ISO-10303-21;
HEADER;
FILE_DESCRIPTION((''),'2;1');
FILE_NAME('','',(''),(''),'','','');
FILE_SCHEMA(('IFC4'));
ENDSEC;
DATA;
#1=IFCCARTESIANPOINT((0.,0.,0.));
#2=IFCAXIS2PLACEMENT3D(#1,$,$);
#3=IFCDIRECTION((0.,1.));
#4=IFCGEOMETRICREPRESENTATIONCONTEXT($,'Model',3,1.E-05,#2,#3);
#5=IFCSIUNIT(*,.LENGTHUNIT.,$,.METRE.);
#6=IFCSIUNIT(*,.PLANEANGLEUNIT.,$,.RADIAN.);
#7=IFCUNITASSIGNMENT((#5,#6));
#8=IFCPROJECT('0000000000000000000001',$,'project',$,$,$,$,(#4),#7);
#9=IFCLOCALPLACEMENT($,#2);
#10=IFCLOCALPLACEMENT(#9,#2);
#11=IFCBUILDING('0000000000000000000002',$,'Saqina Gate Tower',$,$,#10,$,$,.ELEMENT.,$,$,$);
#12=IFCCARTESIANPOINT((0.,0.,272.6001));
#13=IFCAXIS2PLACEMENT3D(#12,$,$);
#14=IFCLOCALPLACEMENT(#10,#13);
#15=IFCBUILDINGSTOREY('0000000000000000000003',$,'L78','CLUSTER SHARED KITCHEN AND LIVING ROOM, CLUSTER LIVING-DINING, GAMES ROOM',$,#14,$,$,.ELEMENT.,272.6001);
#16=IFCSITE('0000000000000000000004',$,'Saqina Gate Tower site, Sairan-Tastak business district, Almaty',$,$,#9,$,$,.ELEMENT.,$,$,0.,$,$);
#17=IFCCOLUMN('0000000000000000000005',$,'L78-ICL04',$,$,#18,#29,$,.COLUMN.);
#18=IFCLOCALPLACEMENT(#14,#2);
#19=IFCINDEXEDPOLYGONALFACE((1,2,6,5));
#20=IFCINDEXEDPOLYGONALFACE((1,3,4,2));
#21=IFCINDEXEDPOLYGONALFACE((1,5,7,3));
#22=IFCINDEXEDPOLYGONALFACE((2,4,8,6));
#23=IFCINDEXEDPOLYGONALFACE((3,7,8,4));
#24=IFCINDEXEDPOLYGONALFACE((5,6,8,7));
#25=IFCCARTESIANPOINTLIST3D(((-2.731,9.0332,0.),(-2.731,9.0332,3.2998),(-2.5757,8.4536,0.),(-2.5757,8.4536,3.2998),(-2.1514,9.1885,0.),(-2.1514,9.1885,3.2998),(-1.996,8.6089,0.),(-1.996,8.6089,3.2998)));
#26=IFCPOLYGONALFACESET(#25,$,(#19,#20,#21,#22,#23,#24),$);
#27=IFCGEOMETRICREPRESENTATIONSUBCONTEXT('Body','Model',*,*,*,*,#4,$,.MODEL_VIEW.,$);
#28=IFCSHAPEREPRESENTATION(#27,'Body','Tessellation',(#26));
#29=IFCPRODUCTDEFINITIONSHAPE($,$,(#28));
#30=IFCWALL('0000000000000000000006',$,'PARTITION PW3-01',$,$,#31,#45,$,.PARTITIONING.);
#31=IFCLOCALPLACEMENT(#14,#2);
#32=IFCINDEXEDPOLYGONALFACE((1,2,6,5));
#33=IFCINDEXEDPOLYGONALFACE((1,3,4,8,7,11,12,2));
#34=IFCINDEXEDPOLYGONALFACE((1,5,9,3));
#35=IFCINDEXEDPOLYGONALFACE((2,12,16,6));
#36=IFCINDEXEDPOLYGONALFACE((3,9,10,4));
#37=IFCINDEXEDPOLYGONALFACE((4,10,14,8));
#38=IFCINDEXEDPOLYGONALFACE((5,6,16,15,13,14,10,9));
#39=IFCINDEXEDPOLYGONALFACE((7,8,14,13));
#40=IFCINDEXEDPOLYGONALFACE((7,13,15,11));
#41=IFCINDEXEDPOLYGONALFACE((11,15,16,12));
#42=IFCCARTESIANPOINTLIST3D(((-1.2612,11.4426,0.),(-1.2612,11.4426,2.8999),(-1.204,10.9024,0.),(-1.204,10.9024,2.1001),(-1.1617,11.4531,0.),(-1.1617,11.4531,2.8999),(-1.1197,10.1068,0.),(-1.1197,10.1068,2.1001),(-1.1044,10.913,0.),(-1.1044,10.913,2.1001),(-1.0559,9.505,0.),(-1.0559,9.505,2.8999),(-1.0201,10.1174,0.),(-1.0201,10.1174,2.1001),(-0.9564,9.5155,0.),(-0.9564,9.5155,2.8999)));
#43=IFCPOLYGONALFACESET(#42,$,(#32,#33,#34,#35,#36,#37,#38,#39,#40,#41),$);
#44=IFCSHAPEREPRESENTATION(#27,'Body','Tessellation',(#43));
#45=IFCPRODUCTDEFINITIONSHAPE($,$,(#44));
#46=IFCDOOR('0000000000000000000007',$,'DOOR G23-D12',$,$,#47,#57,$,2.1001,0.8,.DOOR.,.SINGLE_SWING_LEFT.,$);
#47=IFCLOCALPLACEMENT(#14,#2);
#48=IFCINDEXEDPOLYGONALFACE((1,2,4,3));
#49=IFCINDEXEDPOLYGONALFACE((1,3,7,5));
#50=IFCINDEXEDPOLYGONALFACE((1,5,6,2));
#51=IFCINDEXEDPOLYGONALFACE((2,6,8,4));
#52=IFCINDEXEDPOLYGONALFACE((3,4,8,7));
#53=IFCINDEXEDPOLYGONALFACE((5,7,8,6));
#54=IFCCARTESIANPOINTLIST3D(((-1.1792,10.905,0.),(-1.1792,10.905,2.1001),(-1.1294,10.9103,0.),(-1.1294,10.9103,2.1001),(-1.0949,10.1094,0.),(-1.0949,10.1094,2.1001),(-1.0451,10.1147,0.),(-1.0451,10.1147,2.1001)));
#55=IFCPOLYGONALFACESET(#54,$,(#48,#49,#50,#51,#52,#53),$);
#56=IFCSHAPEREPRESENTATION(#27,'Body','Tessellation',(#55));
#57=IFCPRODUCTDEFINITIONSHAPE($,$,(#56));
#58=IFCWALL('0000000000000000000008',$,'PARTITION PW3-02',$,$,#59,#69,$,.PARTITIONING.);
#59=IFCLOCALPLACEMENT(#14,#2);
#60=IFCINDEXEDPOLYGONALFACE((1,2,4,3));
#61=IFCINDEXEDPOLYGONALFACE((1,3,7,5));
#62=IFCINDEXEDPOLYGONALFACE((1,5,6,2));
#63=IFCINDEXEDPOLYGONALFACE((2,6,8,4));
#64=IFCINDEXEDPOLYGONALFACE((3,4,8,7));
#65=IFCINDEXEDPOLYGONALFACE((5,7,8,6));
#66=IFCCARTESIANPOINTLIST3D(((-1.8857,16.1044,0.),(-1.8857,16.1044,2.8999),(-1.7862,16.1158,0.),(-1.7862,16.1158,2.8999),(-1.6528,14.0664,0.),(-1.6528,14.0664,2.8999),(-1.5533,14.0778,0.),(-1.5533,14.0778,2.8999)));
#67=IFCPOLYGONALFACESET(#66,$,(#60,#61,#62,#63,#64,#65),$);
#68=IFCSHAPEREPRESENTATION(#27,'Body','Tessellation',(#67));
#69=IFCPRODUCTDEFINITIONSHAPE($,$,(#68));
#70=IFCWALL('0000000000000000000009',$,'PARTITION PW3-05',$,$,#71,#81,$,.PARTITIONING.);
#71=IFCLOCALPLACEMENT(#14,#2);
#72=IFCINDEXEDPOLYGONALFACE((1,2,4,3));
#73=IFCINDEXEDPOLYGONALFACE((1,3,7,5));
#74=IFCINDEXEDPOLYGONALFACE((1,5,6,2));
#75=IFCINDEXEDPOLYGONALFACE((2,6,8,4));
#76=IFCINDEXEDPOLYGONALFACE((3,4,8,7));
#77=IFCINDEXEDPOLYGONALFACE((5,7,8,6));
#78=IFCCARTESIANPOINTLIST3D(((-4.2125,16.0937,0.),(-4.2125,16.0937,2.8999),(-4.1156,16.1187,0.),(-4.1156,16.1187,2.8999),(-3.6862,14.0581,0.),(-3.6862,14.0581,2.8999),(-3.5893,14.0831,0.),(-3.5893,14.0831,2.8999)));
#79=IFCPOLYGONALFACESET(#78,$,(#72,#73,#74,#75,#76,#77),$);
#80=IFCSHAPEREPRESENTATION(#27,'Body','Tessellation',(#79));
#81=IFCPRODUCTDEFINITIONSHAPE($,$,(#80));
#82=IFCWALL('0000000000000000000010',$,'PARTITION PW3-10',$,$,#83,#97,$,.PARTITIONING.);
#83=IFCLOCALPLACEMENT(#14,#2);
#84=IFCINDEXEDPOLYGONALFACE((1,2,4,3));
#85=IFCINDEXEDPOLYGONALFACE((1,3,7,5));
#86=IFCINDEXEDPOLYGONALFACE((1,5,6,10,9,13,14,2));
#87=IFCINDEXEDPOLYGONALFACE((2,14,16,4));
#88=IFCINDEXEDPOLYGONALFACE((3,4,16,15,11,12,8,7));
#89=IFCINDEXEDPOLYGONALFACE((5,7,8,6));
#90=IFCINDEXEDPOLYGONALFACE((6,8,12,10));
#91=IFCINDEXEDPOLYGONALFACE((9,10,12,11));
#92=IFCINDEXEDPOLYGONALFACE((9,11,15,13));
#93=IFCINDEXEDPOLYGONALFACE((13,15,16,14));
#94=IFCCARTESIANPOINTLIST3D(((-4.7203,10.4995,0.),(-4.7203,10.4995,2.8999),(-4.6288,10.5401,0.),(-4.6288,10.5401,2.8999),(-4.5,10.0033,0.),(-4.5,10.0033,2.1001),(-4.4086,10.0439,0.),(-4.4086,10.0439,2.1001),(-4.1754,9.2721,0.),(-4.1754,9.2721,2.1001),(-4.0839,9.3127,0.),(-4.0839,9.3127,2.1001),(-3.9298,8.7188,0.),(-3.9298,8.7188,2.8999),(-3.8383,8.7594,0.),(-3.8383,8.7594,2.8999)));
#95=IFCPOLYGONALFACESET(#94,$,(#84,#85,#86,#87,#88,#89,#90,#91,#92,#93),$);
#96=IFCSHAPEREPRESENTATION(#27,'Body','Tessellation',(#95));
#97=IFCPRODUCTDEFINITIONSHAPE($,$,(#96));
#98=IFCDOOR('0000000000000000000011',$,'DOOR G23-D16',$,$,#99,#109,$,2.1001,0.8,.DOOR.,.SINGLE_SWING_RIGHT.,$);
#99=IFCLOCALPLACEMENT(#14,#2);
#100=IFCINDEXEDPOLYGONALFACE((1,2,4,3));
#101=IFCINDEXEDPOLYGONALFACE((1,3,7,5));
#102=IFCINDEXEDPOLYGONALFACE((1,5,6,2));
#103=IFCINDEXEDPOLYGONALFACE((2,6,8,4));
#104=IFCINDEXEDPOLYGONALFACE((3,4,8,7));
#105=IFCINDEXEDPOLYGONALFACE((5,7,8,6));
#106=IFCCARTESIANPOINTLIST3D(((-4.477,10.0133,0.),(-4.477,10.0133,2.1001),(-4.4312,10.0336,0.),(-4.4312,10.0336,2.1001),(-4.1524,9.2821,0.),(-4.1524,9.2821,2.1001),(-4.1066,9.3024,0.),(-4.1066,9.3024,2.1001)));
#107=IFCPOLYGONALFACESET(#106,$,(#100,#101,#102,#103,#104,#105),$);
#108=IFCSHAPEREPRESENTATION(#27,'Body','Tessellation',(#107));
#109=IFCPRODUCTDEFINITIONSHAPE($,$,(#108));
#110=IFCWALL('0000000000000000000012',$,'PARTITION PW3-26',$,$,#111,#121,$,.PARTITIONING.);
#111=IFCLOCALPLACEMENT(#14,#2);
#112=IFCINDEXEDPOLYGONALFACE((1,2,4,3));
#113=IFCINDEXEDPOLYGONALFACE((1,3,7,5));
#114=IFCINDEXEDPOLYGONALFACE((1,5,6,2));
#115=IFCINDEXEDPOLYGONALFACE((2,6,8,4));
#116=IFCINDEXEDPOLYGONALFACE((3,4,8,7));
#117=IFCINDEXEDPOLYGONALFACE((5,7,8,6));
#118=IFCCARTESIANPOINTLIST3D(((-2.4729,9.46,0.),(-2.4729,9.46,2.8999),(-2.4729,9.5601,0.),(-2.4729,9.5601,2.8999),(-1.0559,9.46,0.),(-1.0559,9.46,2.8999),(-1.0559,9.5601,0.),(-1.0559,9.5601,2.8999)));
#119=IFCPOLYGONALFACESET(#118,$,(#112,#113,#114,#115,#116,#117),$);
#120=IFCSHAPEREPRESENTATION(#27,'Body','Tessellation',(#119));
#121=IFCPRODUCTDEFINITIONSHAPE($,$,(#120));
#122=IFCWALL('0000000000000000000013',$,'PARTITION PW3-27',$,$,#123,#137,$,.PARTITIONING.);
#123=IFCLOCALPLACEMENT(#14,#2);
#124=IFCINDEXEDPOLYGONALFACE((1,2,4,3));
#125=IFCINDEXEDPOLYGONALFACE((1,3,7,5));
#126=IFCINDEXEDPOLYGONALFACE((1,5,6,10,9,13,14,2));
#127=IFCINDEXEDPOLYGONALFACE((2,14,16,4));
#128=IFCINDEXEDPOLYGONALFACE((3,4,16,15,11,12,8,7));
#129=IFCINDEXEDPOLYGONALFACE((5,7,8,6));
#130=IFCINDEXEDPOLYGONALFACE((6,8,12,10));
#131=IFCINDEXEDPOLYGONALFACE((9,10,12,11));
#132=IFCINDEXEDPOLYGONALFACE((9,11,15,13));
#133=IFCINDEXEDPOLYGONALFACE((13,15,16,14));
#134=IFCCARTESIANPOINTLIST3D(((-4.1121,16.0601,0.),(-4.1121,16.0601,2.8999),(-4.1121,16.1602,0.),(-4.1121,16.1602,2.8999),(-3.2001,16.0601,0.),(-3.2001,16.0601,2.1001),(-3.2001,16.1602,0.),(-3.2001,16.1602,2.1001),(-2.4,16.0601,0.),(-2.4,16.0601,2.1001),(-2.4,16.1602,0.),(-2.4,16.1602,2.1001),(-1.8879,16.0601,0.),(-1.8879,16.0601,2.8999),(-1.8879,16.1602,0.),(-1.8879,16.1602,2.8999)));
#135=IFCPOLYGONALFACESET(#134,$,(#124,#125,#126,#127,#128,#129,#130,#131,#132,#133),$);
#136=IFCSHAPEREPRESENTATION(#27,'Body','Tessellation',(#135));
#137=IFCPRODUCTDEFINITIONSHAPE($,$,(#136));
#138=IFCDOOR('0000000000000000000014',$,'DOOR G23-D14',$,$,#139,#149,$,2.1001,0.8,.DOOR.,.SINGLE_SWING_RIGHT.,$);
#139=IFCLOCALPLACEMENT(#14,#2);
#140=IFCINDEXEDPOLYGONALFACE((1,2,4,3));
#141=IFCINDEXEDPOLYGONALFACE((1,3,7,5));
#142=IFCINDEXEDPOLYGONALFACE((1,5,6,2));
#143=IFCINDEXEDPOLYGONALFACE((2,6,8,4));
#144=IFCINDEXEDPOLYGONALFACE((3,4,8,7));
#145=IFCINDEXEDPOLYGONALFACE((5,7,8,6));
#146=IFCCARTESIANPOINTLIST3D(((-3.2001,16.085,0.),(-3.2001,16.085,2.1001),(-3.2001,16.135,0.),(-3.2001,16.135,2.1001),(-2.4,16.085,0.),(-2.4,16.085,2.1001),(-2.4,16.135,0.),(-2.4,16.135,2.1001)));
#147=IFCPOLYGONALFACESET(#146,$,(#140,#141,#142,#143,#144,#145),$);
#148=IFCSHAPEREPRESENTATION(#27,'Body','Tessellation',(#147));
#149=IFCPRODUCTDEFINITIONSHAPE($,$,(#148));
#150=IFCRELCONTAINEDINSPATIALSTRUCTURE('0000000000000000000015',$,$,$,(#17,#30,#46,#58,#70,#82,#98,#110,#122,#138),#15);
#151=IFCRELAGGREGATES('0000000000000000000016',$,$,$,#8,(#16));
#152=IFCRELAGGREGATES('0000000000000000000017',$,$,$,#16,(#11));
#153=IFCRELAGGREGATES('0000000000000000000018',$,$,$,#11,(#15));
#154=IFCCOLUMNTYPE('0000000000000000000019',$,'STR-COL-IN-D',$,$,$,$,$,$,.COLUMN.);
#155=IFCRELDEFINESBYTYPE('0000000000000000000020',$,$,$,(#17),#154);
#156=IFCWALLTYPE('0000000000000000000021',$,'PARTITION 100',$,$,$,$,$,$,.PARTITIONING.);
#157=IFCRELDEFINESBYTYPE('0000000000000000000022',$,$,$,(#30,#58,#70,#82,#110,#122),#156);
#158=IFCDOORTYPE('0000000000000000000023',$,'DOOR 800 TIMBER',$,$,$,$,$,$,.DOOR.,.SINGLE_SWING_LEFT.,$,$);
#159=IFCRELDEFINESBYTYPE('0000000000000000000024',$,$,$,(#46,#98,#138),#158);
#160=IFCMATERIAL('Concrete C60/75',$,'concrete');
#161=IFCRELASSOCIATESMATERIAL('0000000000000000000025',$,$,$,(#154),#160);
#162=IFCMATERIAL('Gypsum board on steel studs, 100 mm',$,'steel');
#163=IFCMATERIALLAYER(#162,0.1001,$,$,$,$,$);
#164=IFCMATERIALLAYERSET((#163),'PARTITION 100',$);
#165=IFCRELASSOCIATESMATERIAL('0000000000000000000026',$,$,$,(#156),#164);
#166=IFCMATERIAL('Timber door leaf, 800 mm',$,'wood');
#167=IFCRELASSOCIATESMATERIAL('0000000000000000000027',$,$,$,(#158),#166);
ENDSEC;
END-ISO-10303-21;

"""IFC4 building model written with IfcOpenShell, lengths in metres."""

from ifc_helpers import new_model, si_unit, direction, frame, frame_2d, origin, origin_2d, place, context, subcontext, project, spatial, rectangle, extrude, material, layer, layer_set, material_profile, profile_set, type_object, element, fill, save


model = new_model("IFC4")

# Units and contexts
model_context = context("Model", 3, precision=1e-05, world=origin(), true_north=direction((0.0, 1.0)))
body_context = subcontext(model_context, "Body", "Model", "MODEL_VIEW")
ifc_project = project(units=[si_unit("LENGTHUNIT", "METRE"), si_unit("PLANEANGLEUNIT", "RADIAN")], contexts=[model_context])

# Site, building, storey
site_placement = place(None, origin())
site = spatial("IfcSite", under=ifc_project, at=site_placement, Name="Saqina Gate Tower site, Sairan-Tastak business district, Almaty", CompositionType="ELEMENT", RefElevation=0.0)
building_placement = place(site_placement, origin())
building = spatial("IfcBuilding", under=site, at=building_placement, Name="Saqina Gate Tower", CompositionType="ELEMENT")
storey_placement = place(building_placement, frame((0.0, 0.0, 272.6001)))
storey = spatial("IfcBuildingStorey", under=building, at=storey_placement, Name="L78", Description="CLUSTER SHARED KITCHEN AND LIVING ROOM, CLUSTER LIVING-DINING, GAMES ROOM", CompositionType="ELEMENT", Elevation=272.6001)

# Column
ifc_material_1 = material(Name="Concrete C60/75", Category="concrete")
ifc_material_profile = material_profile(ifc_material_1, rectangle(XDim=0.6001, YDim=0.6001, at=origin_2d()), Name="RC 600x600")
ifc_profile_set = profile_set([ifc_material_profile], Name="Concrete C60/75")
column_type = type_object("IfcColumnType", Name="STR-COL-IN-D", PredefinedType="COLUMN", material=ifc_profile_set)
column_placement = place(storey_placement, frame((-2.3635, 8.821, 0.0), z_axis=(0.0, 0.0, 1.0), x_axis=(-0.258819, 0.965926, 0.0)))
element("IfcColumn", 1, at=column_placement, inside=storey, type_object=column_type, Name="L78-ICL04", PredefinedType="COLUMN", context=body_context, shape_type="SweptSolid", body=[
    extrude(rectangle(XDim=0.6001, YDim=0.6001, at=origin_2d()), origin(), (0.0, 0.0, 1.0), 3.2998),
])

# Wall, opening, door
ifc_material_2 = material(Name="Gypsum board on steel studs, 100 mm", Category="steel")
ifc_layer_1 = layer(ifc_material_2, 0.1001)
ifc_layer_set_1 = layer_set([ifc_layer_1], Name="PARTITION 100")
wall_type_1 = type_object("IfcWallType", Name="PARTITION 100", PredefinedType="PARTITIONING", material=ifc_layer_set_1)
wall_1_placement = place(storey_placement, frame((-1.2114, 11.4478, 0.0), z_axis=(0.0, 0.0, 1.0), x_axis=(0.10537, -0.994433, 0.0)))
wall_1 = element("IfcWall", 2, at=wall_1_placement, inside=storey, type_object=wall_type_1, Name="PARTITION PW3-01", PredefinedType="PARTITIONING", context=body_context, shape_type="SweptSolid", body=[
    extrude(rectangle(XDim=1.9485, YDim=0.1001, at=frame_2d((0.9741, 0.0))), origin(), (0.0, 0.0, 1.0), 2.8999),
])
opening_1_placement = place(wall_1_placement, frame((0.5432, 0.0, 0.0)))
opening_1 = element("IfcOpeningElement", 3, at=opening_1_placement, cuts=wall_1, PredefinedType="OPENING", context=body_context, shape_type="SweptSolid", body=[
    extrude(rectangle(XDim=0.8, YDim=2.1001, at=frame_2d((0.3999, 1.05))), frame((0.0, 0.062, 0.0), z_axis=(0.0, -1.0, 0.0), x_axis=(1.0, 0.0, 0.0)), (0.0, 0.0, 1.0), 0.124),
])
ifc_material_3 = material(Name="Timber door leaf, 800 mm", Category="wood")
door_type_1 = type_object("IfcDoorType", Name="DOOR 800 TIMBER", OperationType="SINGLE_SWING_LEFT", PredefinedType="DOOR", material=ifc_material_3)
door_1_placement = place(opening_1_placement, origin())
door_1 = element("IfcDoor", 4, at=door_1_placement, inside=storey, type_object=door_type_1, Name="DOOR G23-D12", OperationType="SINGLE_SWING_LEFT", OverallHeight=2.1001, OverallWidth=0.8, PredefinedType="DOOR", context=body_context, shape_type="SweptSolid", body=[
    extrude(rectangle(XDim=0.8, YDim=2.1001, at=frame_2d((0.3999, 1.05))), frame((0.0, 0.0249, 0.0), z_axis=(0.0, -1.0, 0.0), x_axis=(1.0, 0.0, 0.0)), (0.0, 0.0, 1.0), 0.05),
])
fill(opening_1, door_1)

# Walls
wall_2_placement = place(storey_placement, frame((-1.8359, 16.1101, 0.0), z_axis=(0.0, 0.0, 1.0), x_axis=(0.11354, -0.993533, 0.0)))
element("IfcWall", 5, at=wall_2_placement, inside=storey, type_object=wall_type_1, Name="PARTITION PW3-02", PredefinedType="PARTITIONING", context=body_context, shape_type="SweptSolid", body=[
    extrude(rectangle(XDim=2.0513, YDim=0.1001, at=frame_2d((1.0256, 0.0))), origin(), (0.0, 0.0, 1.0), 2.8999),
])
wall_3_placement = place(storey_placement, frame((-4.1641, 16.1062, 0.0), z_axis=(0.0, 0.0, 1.0), x_axis=(0.250342, -0.968158, 0.0)))
element("IfcWall", 6, at=wall_3_placement, inside=storey, type_object=wall_type_1, Name="PARTITION PW3-05", PredefinedType="PARTITIONING", context=body_context, shape_type="SweptSolid", body=[
    extrude(rectangle(XDim=2.1025, YDim=0.1001, at=frame_2d((1.0513, 0.0))), origin(), (0.0, 0.0, 1.0), 2.8999),
])

# Wall, opening, door
wall_4_placement = place(storey_placement, frame((-4.6746, 10.5198, 0.0), z_axis=(0.0, 0.0, 1.0), x_axis=(0.405743, -0.913987, 0.0)))
wall_4 = element("IfcWall", 7, at=wall_4_placement, inside=storey, type_object=wall_type_1, Name="PARTITION PW3-10", PredefinedType="PARTITIONING", context=body_context, shape_type="SweptSolid", body=[
    extrude(rectangle(XDim=1.9482, YDim=0.1001, at=frame_2d((0.9741, 0.0))), origin(), (0.0, 0.0, 1.0), 2.8999),
])
opening_2_placement = place(wall_4_placement, frame((0.543, 0.0, 0.0)))
opening_2 = element("IfcOpeningElement", 8, at=opening_2_placement, cuts=wall_4, PredefinedType="OPENING", context=body_context, shape_type="SweptSolid", body=[
    extrude(rectangle(XDim=0.8, YDim=2.1001, at=frame_2d((0.3999, 1.05))), frame((0.0, 0.062, 0.0), z_axis=(0.0, -1.0, 0.0), x_axis=(1.0, 0.0, 0.0)), (0.0, 0.0, 1.0), 0.124),
])
door_2_placement = place(opening_2_placement, frame((0.8, 0.0, 0.0), z_axis=(0.0, 0.0, 1.0), x_axis=(-1.0, 0.0, 0.0)))
door_2 = element("IfcDoor", 9, at=door_2_placement, inside=storey, type_object=door_type_1, Name="DOOR G23-D16", OperationType="SINGLE_SWING_RIGHT", OverallHeight=2.1001, OverallWidth=0.8, PredefinedType="DOOR", context=body_context, shape_type="SweptSolid", body=[
    extrude(rectangle(XDim=0.8, YDim=2.1001, at=frame_2d((0.3999, 1.05))), frame((0.0, 0.0249, 0.0), z_axis=(0.0, -1.0, 0.0), x_axis=(1.0, 0.0, 0.0)), (0.0, 0.0, 1.0), 0.05),
])
fill(opening_2, door_2)

# Wall
wall_5_placement = place(storey_placement, frame((-2.4729, 9.51, 0.0), z_axis=(0.0, 0.0, 1.0), x_axis=(1.0, 0.0, 0.0)))
element("IfcWall", 10, at=wall_5_placement, inside=storey, type_object=wall_type_1, Name="PARTITION PW3-26", PredefinedType="PARTITIONING", context=body_context, shape_type="SweptSolid", body=[
    extrude(rectangle(XDim=1.417, YDim=0.1001, at=frame_2d((0.7085, 0.0))), origin(), (0.0, 0.0, 1.0), 2.8999),
])

# Wall, opening, door
wall_6_placement = place(storey_placement, frame((-4.1121, 16.1101, 0.0), z_axis=(0.0, 0.0, 1.0), x_axis=(1.0, 0.0, 0.0)))
wall_6 = element("IfcWall", 11, at=wall_6_placement, inside=storey, type_object=wall_type_1, Name="PARTITION PW3-27", PredefinedType="PARTITIONING", context=body_context, shape_type="SweptSolid", body=[
    extrude(rectangle(XDim=2.2241, YDim=0.1001, at=frame_2d((1.1121, 0.0))), origin(), (0.0, 0.0, 1.0), 2.8999),
])
opening_3_placement = place(wall_6_placement, frame((0.9121, 0.0, 0.0)))
opening_3 = element("IfcOpeningElement", 12, at=opening_3_placement, cuts=wall_6, PredefinedType="OPENING", context=body_context, shape_type="SweptSolid", body=[
    extrude(rectangle(XDim=0.8, YDim=2.1001, at=frame_2d((0.3999, 1.05))), frame((0.0, 0.062, 0.0), z_axis=(0.0, -1.0, 0.0), x_axis=(1.0, 0.0, 0.0)), (0.0, 0.0, 1.0), 0.124),
])
door_3_placement = place(opening_3_placement, origin())
door_3 = element("IfcDoor", 13, at=door_3_placement, inside=storey, type_object=door_type_1, Name="DOOR G23-D14", OperationType="SINGLE_SWING_RIGHT", OverallHeight=2.1001, OverallWidth=0.8, PredefinedType="DOOR", context=body_context, shape_type="SweptSolid", body=[
    extrude(rectangle(XDim=0.8, YDim=2.1001, at=frame_2d((0.3999, 1.05))), frame((0.0, 0.0249, 0.0), z_axis=(0.0, -1.0, 0.0), x_axis=(1.0, 0.0, 0.0)), (0.0, 0.0, 1.0), 0.05),
])
fill(opening_3, door_3)

save(model, "model.ifc")
